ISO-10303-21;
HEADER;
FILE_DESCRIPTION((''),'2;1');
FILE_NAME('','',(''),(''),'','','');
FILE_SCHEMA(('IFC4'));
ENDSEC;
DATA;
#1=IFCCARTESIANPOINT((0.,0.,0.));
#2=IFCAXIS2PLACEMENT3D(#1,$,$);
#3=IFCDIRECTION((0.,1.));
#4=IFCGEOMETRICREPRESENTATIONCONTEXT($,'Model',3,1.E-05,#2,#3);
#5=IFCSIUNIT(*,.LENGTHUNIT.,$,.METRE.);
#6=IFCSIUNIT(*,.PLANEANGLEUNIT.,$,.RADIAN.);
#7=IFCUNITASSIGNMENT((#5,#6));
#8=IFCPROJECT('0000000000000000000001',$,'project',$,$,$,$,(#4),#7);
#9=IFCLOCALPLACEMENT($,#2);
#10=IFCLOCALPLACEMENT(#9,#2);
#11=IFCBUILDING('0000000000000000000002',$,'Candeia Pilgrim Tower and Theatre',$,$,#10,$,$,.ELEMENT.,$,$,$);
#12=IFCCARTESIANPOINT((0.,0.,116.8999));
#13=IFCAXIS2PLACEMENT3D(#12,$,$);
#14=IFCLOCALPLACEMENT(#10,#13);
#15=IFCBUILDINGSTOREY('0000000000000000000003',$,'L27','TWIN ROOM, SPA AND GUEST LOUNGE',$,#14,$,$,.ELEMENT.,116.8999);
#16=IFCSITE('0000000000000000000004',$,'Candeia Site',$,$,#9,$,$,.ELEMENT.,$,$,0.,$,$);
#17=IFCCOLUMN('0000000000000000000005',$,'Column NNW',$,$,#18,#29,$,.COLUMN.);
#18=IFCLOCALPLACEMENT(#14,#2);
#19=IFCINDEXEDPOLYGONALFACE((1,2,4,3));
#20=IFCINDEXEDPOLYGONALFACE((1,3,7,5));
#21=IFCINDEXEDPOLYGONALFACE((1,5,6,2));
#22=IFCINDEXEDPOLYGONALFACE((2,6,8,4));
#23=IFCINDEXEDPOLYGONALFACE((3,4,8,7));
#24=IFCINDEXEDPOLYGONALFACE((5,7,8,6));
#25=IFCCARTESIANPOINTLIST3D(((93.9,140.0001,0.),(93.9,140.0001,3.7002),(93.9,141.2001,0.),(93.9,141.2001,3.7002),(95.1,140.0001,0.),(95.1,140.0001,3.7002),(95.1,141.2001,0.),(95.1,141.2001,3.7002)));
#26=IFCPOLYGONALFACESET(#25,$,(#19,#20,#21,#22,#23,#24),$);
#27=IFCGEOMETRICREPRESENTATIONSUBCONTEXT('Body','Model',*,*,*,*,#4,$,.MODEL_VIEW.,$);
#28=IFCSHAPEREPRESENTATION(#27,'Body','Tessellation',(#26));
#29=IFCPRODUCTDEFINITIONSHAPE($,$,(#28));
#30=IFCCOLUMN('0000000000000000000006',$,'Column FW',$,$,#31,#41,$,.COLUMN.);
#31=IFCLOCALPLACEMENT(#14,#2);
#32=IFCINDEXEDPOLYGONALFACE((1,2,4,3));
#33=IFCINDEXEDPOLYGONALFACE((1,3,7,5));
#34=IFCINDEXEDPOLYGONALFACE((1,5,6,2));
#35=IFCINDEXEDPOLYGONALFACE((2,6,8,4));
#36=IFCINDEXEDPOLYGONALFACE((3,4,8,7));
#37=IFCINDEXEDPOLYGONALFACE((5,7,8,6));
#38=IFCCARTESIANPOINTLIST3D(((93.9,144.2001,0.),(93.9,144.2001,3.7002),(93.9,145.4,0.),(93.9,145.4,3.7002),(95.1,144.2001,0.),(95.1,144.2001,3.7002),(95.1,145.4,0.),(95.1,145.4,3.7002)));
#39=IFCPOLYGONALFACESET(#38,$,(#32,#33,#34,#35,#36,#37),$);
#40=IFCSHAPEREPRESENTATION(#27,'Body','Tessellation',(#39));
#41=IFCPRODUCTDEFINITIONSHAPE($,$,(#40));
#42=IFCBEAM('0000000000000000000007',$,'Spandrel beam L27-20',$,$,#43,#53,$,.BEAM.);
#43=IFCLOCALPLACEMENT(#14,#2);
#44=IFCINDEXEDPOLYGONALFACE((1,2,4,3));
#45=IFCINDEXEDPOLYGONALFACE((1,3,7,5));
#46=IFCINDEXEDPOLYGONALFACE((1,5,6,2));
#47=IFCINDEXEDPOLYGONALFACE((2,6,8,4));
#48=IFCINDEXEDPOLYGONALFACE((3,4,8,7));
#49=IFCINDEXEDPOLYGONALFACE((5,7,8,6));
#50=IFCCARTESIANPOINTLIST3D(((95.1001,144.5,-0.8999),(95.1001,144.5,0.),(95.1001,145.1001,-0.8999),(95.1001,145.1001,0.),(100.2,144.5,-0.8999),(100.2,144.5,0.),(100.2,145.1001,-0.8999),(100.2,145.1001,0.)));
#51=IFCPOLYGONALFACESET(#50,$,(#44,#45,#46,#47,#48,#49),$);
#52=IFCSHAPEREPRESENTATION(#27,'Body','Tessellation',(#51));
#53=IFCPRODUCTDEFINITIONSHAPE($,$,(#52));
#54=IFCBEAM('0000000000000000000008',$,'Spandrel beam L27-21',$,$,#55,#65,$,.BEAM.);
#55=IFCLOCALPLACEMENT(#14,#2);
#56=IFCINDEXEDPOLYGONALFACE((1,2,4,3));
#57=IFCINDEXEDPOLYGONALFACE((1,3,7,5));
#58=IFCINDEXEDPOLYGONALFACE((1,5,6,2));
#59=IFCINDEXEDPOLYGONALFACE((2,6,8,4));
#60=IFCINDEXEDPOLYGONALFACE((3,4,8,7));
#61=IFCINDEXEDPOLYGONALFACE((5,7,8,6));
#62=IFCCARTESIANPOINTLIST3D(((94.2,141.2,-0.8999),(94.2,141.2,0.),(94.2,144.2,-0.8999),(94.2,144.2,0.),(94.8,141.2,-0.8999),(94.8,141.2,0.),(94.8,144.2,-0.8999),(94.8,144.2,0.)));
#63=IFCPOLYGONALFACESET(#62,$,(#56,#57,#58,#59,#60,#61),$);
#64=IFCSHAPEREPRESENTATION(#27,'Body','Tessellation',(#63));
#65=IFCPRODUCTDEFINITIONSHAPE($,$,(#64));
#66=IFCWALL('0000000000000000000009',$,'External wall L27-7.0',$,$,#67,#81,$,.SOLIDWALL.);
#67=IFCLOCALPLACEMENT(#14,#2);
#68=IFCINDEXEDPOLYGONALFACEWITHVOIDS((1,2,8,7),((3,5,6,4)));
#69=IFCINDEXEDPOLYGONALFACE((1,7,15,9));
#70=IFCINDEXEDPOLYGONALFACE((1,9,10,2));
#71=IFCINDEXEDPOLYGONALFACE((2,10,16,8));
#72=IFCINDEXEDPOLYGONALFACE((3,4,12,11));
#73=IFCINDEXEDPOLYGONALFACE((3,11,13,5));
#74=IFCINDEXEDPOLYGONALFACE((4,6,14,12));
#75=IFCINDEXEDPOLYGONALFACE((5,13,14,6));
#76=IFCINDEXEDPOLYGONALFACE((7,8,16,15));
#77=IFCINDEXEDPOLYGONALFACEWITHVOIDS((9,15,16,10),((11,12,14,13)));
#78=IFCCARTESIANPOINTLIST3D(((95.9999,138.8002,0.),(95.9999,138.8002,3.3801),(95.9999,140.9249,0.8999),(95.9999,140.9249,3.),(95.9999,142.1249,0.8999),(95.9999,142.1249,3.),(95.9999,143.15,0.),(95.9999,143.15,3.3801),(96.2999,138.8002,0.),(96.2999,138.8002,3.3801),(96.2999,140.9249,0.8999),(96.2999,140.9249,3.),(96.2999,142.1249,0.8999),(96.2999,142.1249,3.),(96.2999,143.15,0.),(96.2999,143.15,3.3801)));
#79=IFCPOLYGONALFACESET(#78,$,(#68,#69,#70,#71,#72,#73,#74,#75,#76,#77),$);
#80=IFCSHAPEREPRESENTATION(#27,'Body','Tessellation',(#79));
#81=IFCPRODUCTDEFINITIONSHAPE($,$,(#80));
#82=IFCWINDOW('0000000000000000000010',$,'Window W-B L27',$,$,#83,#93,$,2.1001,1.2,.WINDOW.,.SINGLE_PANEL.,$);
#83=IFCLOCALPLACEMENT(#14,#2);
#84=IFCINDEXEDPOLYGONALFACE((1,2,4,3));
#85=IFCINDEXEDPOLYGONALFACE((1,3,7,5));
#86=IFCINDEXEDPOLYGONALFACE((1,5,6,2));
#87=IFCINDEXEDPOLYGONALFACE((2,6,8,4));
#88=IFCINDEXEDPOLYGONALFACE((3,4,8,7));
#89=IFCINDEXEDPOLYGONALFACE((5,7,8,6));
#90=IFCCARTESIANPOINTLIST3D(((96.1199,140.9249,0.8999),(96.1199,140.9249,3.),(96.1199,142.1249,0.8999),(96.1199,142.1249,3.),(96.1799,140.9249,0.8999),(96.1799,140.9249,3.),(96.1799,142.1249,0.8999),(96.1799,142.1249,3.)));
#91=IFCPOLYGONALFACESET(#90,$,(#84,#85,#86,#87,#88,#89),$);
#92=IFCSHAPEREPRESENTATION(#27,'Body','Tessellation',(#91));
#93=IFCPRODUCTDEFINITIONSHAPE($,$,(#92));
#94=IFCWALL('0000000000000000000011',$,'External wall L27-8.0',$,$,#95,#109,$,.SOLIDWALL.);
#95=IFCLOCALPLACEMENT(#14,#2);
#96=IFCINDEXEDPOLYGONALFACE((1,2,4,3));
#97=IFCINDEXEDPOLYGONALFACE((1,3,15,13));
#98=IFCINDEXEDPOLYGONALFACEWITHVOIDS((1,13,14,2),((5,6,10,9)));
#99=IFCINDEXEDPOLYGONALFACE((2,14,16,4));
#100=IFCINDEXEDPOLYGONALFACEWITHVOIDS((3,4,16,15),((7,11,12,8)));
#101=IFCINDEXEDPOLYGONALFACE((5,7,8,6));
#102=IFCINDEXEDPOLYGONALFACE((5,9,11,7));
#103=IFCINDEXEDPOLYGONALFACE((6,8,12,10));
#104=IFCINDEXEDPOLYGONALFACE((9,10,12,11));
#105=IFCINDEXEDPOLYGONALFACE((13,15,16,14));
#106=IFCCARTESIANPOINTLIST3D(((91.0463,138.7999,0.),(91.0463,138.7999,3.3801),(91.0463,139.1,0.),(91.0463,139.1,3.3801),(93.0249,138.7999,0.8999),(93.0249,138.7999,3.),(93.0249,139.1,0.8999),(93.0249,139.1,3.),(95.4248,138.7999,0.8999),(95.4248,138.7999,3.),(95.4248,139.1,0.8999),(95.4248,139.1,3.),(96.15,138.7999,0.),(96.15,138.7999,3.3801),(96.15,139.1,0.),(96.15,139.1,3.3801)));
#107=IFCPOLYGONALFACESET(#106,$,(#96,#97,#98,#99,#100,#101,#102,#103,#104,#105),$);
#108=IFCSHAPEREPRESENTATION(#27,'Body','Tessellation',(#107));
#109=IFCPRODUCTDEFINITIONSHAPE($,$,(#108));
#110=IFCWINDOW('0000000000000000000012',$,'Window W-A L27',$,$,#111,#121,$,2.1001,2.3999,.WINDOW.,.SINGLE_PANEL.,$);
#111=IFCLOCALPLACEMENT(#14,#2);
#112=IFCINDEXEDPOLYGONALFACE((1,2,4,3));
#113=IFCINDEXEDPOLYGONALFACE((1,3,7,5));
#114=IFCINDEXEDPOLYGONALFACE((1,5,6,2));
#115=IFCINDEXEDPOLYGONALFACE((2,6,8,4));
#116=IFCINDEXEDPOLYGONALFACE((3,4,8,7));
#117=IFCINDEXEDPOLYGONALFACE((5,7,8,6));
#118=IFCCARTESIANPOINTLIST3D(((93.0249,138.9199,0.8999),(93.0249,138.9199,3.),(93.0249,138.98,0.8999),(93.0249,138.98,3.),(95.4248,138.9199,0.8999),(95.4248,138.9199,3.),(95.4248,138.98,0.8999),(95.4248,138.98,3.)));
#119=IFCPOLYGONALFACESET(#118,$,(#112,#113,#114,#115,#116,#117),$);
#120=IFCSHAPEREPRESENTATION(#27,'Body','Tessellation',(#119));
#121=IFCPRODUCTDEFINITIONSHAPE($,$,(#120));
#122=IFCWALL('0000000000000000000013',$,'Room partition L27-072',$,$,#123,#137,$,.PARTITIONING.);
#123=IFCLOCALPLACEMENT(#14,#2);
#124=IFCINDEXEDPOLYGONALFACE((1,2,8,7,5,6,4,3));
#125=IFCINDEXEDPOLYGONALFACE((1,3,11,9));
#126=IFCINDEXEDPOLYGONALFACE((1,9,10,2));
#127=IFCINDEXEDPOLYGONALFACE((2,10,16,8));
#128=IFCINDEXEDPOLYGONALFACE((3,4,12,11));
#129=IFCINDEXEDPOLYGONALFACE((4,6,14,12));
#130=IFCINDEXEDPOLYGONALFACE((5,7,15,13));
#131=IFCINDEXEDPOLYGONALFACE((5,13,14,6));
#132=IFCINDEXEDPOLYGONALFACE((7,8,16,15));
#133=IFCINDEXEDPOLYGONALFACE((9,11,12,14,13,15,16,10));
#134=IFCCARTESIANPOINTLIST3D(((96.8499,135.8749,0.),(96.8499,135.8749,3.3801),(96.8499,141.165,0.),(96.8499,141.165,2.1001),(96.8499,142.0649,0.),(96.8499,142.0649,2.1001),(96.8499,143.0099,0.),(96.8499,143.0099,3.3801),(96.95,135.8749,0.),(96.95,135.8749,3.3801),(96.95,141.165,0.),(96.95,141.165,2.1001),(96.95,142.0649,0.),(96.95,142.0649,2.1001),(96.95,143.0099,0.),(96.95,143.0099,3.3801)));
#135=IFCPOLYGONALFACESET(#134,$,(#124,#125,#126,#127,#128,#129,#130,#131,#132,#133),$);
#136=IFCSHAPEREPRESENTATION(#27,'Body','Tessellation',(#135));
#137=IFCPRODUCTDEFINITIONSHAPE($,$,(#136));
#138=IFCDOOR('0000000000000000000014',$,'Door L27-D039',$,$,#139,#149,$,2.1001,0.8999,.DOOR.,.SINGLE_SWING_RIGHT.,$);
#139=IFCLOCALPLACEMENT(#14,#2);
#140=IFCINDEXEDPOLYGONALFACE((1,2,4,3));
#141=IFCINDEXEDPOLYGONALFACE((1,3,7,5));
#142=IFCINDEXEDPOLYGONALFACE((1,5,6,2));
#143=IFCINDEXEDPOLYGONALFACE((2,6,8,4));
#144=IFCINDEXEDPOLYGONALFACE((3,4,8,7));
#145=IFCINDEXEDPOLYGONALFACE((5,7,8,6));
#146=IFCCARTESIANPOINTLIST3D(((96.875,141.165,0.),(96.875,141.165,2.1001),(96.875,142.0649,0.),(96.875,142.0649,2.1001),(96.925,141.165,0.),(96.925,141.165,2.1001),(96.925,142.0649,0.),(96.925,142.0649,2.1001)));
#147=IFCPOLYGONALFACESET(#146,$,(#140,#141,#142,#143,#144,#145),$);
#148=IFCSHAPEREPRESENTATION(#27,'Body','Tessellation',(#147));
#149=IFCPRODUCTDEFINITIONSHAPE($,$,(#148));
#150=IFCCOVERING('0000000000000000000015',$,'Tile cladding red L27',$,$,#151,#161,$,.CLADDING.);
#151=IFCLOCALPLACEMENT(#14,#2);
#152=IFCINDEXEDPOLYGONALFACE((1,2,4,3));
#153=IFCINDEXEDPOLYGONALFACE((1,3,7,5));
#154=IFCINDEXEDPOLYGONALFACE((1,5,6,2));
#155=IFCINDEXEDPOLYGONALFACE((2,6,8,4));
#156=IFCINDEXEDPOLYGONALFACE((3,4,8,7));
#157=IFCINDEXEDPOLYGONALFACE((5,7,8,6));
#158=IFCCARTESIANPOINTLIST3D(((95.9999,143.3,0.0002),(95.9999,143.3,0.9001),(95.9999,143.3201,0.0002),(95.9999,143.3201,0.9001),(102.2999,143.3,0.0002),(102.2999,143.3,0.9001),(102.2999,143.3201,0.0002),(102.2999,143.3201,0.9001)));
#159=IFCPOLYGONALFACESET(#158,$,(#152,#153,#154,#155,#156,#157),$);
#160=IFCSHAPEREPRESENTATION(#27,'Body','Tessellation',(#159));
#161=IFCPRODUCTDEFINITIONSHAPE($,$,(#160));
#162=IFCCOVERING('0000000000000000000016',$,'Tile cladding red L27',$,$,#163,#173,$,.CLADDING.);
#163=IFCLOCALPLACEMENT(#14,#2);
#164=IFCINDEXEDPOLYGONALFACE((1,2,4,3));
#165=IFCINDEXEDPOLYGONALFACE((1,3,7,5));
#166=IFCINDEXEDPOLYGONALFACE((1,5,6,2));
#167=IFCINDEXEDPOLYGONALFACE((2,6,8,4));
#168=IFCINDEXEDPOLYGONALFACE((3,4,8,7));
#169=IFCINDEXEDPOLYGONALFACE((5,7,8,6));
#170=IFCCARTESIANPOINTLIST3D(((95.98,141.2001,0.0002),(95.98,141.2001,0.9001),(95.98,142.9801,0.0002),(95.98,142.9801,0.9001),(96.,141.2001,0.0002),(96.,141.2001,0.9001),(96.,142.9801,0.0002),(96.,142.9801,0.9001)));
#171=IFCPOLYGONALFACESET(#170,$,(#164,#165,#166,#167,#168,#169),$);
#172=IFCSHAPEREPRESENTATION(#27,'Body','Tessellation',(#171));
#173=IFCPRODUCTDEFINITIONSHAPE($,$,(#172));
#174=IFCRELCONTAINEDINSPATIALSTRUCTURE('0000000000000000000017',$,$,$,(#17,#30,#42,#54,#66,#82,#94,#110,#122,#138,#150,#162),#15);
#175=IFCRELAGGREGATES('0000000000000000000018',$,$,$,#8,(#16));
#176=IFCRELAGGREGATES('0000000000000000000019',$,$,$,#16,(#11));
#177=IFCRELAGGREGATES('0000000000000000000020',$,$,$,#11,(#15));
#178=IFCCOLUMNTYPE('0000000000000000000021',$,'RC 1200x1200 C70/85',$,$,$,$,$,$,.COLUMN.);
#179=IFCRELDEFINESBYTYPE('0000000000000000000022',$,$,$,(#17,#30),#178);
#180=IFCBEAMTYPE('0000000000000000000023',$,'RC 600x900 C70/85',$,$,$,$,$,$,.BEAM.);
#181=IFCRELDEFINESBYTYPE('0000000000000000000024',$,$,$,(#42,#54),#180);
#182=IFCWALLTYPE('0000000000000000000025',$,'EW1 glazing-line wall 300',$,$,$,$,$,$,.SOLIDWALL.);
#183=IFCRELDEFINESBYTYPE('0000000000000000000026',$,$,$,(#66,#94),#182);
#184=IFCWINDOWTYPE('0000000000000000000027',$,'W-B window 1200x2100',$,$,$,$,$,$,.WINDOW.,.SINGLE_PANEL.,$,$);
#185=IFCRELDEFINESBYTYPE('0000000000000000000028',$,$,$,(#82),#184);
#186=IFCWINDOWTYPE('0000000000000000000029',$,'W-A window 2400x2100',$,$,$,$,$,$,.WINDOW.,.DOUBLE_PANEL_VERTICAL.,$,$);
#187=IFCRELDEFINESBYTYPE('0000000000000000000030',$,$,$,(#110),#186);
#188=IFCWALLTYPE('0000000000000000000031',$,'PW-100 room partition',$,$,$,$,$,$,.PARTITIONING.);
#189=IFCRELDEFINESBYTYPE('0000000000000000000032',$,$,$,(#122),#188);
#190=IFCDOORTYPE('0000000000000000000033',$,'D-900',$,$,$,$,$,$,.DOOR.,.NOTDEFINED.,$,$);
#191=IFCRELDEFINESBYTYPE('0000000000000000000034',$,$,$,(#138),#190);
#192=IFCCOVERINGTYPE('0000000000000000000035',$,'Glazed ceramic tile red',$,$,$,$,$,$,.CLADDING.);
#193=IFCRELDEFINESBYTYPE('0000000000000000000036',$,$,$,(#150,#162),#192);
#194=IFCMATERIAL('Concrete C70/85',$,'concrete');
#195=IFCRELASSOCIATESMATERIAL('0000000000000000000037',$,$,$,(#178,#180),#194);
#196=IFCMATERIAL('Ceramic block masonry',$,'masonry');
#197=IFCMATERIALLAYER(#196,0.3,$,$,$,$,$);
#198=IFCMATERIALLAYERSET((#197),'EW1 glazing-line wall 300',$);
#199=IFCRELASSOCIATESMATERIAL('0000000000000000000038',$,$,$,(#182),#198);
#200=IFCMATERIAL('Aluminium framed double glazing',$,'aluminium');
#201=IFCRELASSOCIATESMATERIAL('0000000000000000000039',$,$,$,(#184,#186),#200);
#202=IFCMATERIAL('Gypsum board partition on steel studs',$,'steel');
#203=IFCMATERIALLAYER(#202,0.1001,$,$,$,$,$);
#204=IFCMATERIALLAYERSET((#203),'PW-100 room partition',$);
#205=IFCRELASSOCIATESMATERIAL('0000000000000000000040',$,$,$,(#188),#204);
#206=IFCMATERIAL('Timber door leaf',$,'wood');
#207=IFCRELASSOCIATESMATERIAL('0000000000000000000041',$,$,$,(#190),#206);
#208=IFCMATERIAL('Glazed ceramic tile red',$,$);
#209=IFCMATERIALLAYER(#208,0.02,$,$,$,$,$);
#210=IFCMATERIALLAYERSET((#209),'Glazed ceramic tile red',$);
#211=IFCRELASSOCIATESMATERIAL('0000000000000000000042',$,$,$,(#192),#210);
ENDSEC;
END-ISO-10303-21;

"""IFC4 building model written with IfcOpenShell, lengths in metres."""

from ifc_helpers import new_model, si_unit, direction, frame, frame_2d, origin, origin_2d, place, context, subcontext, project, spatial, rectangle, extrude, material, layer, layer_set, material_profile, profile_set, type_object, element, fill, save


model = new_model("IFC4")

# Units and contexts
model_context = context("Model", 3, precision=1e-05, world=origin(), true_north=direction((0.0, 1.0)))
body_context = subcontext(model_context, "Body", "Model", "MODEL_VIEW")
ifc_project = project(units=[si_unit("LENGTHUNIT", "METRE"), si_unit("PLANEANGLEUNIT", "RADIAN")], contexts=[model_context])

# Site, building, storey
site_placement = place(None, origin())
site = spatial("IfcSite", under=ifc_project, at=site_placement, Name="Candeia Site", CompositionType="ELEMENT", RefElevation=0.0)
building_placement = place(site_placement, origin())
building = spatial("IfcBuilding", under=site, at=building_placement, Name="Candeia Pilgrim Tower and Theatre", CompositionType="ELEMENT")
storey_placement = place(building_placement, frame((0.0, 0.0, 116.8999)))
storey = spatial("IfcBuildingStorey", under=building, at=storey_placement, Name="L27", Description="TWIN ROOM, SPA AND GUEST LOUNGE", CompositionType="ELEMENT", Elevation=116.8999)

# Columns
ifc_material_1 = material(Name="Concrete C70/85", Category="concrete")
ifc_material_profile_1 = material_profile(ifc_material_1, rectangle(XDim=1.2, YDim=1.2, at=origin_2d()))
ifc_profile_set_1 = profile_set([ifc_material_profile_1], Name="Concrete C70/85")
column_type = type_object("IfcColumnType", Name="RC 1200x1200 C70/85", PredefinedType="COLUMN", material=ifc_profile_set_1)
for number, where, z_axis, x_axis, name in (
    (1, (94.5, 140.6001, 0.0), (0.0, 0.0, 1.0), (1.0, 0.0, 0.0), "Column NNW"),
    (2, (94.5, 144.8, 0.0), (0.0, 0.0, 1.0), (1.0, 0.0, 0.0), "Column FW"),
):
    element("IfcColumn", number, at=place(storey_placement, frame(where, z_axis=z_axis, x_axis=x_axis)), inside=storey, type_object=column_type, Name=name, PredefinedType="COLUMN", context=body_context, shape_type="SweptSolid", body=[
        extrude(rectangle(XDim=1.2, YDim=1.2, at=origin_2d()), origin(), (0.0, 0.0, 1.0), 3.7002),
    ])

# Beams
ifc_material_profile_2 = material_profile(ifc_material_1, rectangle(XDim=0.6001, YDim=0.8999, at=origin_2d()))
ifc_profile_set_2 = profile_set([ifc_material_profile_2], Name="Concrete C70/85")
beam_type = type_object("IfcBeamType", Name="RC 600x900 C70/85", PredefinedType="BEAM", material=ifc_profile_set_2)
beam_1_placement = place(storey_placement, frame((100.2, 144.8, -0.45), z_axis=(-1.0, 0.0, 0.0), x_axis=(0.0, -1.0, 0.0)))
element("IfcBeam", 3, at=beam_1_placement, inside=storey, type_object=beam_type, Name="Spandrel beam L27-20", PredefinedType="BEAM", context=body_context, shape_type="SweptSolid", body=[
    extrude(rectangle(XDim=0.6001, YDim=0.8999, at=origin_2d()), origin(), (0.0, 0.0, 1.0), 5.0999),
])
beam_2_placement = place(storey_placement, frame((94.5, 144.2, -0.45), z_axis=(0.0, -1.0, 0.0), x_axis=(1.0, 0.0, 0.0)))
element("IfcBeam", 4, at=beam_2_placement, inside=storey, type_object=beam_type, Name="Spandrel beam L27-21", PredefinedType="BEAM", context=body_context, shape_type="SweptSolid", body=[
    extrude(rectangle(XDim=0.6001, YDim=0.8999, at=origin_2d()), origin(), (0.0, 0.0, 1.0), 3.0),
])

# Walls, openings, windows
ifc_material_2 = material(Name="Ceramic block masonry", Category="masonry")
ifc_layer_1 = layer(ifc_material_2, 0.3)
ifc_layer_set_1 = layer_set([ifc_layer_1], Name="EW1 glazing-line wall 300")
wall_type_1 = type_object("IfcWallType", Name="EW1 glazing-line wall 300", PredefinedType="SOLIDWALL", material=ifc_layer_set_1)
wall_1_placement = place(storey_placement, frame((96.1499, 143.1499, 0.0), z_axis=(0.0, 0.0, 1.0), x_axis=(0.0, -1.0, 0.0)))
wall_1 = element("IfcWall", 5, at=wall_1_placement, inside=storey, type_object=wall_type_1, Name="External wall L27-7.0", PredefinedType="SOLIDWALL", context=body_context, shape_type="SweptSolid", body=[
    extrude(rectangle(XDim=4.3499, YDim=0.3, at=frame_2d((2.1748, 0.0))), origin(), (0.0, 0.0, 1.0), 3.3801),
])
opening_1_placement = place(wall_1_placement, frame((1.0249, 0.0, 0.8999)))
opening_1 = element("IfcOpeningElement", 6, at=opening_1_placement, cuts=wall_1, PredefinedType="OPENING", context=body_context, shape_type="SweptSolid", body=[
    extrude(rectangle(XDim=1.2, YDim=2.1001, at=frame_2d((0.6001, 1.05))), frame((0.0, 0.1602, 0.0), z_axis=(0.0, -1.0, 0.0), x_axis=(1.0, 0.0, 0.0)), (0.0, 0.0, 1.0), 0.3201),
])
ifc_material_3 = material(Name="Aluminium framed double glazing", Category="aluminium")
window_type_1 = type_object("IfcWindowType", Name="W-B window 1200x2100", PartitioningType="SINGLE_PANEL", PredefinedType="WINDOW", material=ifc_material_3)
window_1_placement = place(opening_1_placement, origin())
window_1 = element("IfcWindow", 7, at=window_1_placement, inside=storey, type_object=window_type_1, Name="Window W-B L27", OverallHeight=2.1001, OverallWidth=1.2, PartitioningType="SINGLE_PANEL", PredefinedType="WINDOW", context=body_context, shape_type="SweptSolid", body=[
    extrude(rectangle(XDim=1.2, YDim=2.1001, at=frame_2d((0.6001, 1.05))), frame((0.0, 0.03, 0.0), z_axis=(0.0, -1.0, 0.0), x_axis=(1.0, 0.0, 0.0)), (0.0, 0.0, 1.0), 0.0601),
])
fill(opening_1, window_1)
wall_2_placement = place(storey_placement, frame((96.1499, 138.95, 0.0), z_axis=(0.0, 0.0, 1.0), x_axis=(-1.0, 0.0, 0.0)))
wall_2 = element("IfcWall", 8, at=wall_2_placement, inside=storey, type_object=wall_type_1, Name="External wall L27-8.0", PredefinedType="SOLIDWALL", context=body_context, shape_type="SweptSolid", body=[
    extrude(rectangle(XDim=5.1038, YDim=0.3, at=frame_2d((2.5518, 0.0))), origin(), (0.0, 0.0, 1.0), 3.3801),
])
opening_2_placement = place(wall_2_placement, frame((0.7251, 0.0, 0.8999)))
opening_2 = element("IfcOpeningElement", 9, at=opening_2_placement, cuts=wall_2, PredefinedType="OPENING", context=body_context, shape_type="SweptSolid", body=[
    extrude(rectangle(XDim=2.3999, YDim=2.1001, at=frame_2d((1.2, 1.05))), frame((0.0, 0.1602, 0.0), z_axis=(0.0, -1.0, 0.0), x_axis=(1.0, 0.0, 0.0)), (0.0, 0.0, 1.0), 0.3201),
])
window_type_2 = type_object("IfcWindowType", Name="W-A window 2400x2100", PartitioningType="DOUBLE_PANEL_VERTICAL", PredefinedType="WINDOW", material=ifc_material_3)
window_2_placement = place(opening_2_placement, origin())
window_2 = element("IfcWindow", 10, at=window_2_placement, inside=storey, type_object=window_type_2, Name="Window W-A L27", OverallHeight=2.1001, OverallWidth=2.3999, PartitioningType="SINGLE_PANEL", PredefinedType="WINDOW", context=body_context, shape_type="SweptSolid", body=[
    extrude(rectangle(XDim=2.3999, YDim=2.1001, at=frame_2d((1.2, 1.05))), frame((0.0, 0.03, 0.0), z_axis=(0.0, -1.0, 0.0), x_axis=(1.0, 0.0, 0.0)), (0.0, 0.0, 1.0), 0.0601),
])
fill(opening_2, window_2)

# Wall, opening, door
ifc_material_4 = material(Name="Gypsum board partition on steel studs", Category="steel")
ifc_layer_2 = layer(ifc_material_4, 0.1001)
ifc_layer_set_2 = layer_set([ifc_layer_2], Name="PW-100 room partition")
wall_type_2 = type_object("IfcWallType", Name="PW-100 room partition", PredefinedType="PARTITIONING", material=ifc_layer_set_2)
wall_3_placement = place(storey_placement, frame((96.8999, 135.875, 0.0), z_axis=(0.0, 0.0, 1.0), x_axis=(0.0, 1.0, 0.0)))
wall_3 = element("IfcWall", 11, at=wall_3_placement, inside=storey, type_object=wall_type_2, Name="Room partition L27-072", PredefinedType="PARTITIONING", context=body_context, shape_type="SweptSolid", body=[
    extrude(rectangle(XDim=7.135, YDim=0.1001, at=frame_2d((3.5674, 0.0))), origin(), (0.0, 0.0, 1.0), 3.3801),
])
opening_3_placement = place(wall_3_placement, frame((5.29, 0.0, 0.0)))
opening_3 = element("IfcOpeningElement", 12, at=opening_3_placement, cuts=wall_3, PredefinedType="OPENING", context=body_context, shape_type="SweptSolid", body=[
    extrude(rectangle(XDim=0.8999, YDim=2.1001, at=frame_2d((0.45, 1.05))), frame((0.0, 0.0601, 0.0), z_axis=(0.0, -1.0, 0.0), x_axis=(1.0, 0.0, 0.0)), (0.0, 0.0, 1.0), 0.1201),
])
ifc_material_5 = material(Name="Timber door leaf", Category="wood")
door_type = type_object("IfcDoorType", Name="D-900", OperationType="NOTDEFINED", PredefinedType="DOOR", material=ifc_material_5)
door_placement = place(opening_3_placement, origin())
door = element("IfcDoor", 13, at=door_placement, inside=storey, type_object=door_type, Name="Door L27-D039", OperationType="SINGLE_SWING_RIGHT", OverallHeight=2.1001, OverallWidth=0.8999, PredefinedType="DOOR", context=body_context, shape_type="SweptSolid", body=[
    extrude(rectangle(XDim=0.8999, YDim=2.1001, at=frame_2d((0.45, 1.05))), frame((0.0, 0.0249, 0.0), z_axis=(0.0, -1.0, 0.0), x_axis=(1.0, 0.0, 0.0)), (0.0, 0.0, 1.0), 0.05),
])
fill(opening_3, door)

# Coverings
ifc_material_6 = material(Name="Glazed ceramic tile red")
ifc_layer_3 = layer(ifc_material_6, 0.02)
ifc_layer_set_3 = layer_set([ifc_layer_3], Name="Glazed ceramic tile red")
covering_type_1 = type_object("IfcCoveringType", Name="Glazed ceramic tile red", PredefinedType="CLADDING", material=ifc_layer_set_3)
covering_1_placement = place(storey_placement, frame((99.1499, 143.3101, 0.0002), z_axis=(0.0, 0.0, 1.0), x_axis=(-1.0, 0.0, 0.0)))
element("IfcCovering", 14, at=covering_1_placement, inside=storey, type_object=covering_type_1, Name="Tile cladding red L27", PredefinedType="CLADDING", context=body_context, shape_type="SweptSolid", body=[
    extrude(rectangle(XDim=6.3, YDim=0.02, at=origin_2d()), origin(), (0.0, 0.0, 1.0), 0.8999),
])
covering_2_placement = place(storey_placement, frame((95.99, 142.0901, 0.0002), z_axis=(0.0, 0.0, 1.0), x_axis=(0.0, -1.0, 0.0)))
element("IfcCovering", 15, at=covering_2_placement, inside=storey, type_object=covering_type_1, Name="Tile cladding red L27", PredefinedType="CLADDING", context=body_context, shape_type="SweptSolid", body=[
    extrude(rectangle(XDim=1.78, YDim=0.02, at=origin_2d()), origin(), (0.0, 0.0, 1.0), 0.8999),
])

save(model, "model.ifc")
